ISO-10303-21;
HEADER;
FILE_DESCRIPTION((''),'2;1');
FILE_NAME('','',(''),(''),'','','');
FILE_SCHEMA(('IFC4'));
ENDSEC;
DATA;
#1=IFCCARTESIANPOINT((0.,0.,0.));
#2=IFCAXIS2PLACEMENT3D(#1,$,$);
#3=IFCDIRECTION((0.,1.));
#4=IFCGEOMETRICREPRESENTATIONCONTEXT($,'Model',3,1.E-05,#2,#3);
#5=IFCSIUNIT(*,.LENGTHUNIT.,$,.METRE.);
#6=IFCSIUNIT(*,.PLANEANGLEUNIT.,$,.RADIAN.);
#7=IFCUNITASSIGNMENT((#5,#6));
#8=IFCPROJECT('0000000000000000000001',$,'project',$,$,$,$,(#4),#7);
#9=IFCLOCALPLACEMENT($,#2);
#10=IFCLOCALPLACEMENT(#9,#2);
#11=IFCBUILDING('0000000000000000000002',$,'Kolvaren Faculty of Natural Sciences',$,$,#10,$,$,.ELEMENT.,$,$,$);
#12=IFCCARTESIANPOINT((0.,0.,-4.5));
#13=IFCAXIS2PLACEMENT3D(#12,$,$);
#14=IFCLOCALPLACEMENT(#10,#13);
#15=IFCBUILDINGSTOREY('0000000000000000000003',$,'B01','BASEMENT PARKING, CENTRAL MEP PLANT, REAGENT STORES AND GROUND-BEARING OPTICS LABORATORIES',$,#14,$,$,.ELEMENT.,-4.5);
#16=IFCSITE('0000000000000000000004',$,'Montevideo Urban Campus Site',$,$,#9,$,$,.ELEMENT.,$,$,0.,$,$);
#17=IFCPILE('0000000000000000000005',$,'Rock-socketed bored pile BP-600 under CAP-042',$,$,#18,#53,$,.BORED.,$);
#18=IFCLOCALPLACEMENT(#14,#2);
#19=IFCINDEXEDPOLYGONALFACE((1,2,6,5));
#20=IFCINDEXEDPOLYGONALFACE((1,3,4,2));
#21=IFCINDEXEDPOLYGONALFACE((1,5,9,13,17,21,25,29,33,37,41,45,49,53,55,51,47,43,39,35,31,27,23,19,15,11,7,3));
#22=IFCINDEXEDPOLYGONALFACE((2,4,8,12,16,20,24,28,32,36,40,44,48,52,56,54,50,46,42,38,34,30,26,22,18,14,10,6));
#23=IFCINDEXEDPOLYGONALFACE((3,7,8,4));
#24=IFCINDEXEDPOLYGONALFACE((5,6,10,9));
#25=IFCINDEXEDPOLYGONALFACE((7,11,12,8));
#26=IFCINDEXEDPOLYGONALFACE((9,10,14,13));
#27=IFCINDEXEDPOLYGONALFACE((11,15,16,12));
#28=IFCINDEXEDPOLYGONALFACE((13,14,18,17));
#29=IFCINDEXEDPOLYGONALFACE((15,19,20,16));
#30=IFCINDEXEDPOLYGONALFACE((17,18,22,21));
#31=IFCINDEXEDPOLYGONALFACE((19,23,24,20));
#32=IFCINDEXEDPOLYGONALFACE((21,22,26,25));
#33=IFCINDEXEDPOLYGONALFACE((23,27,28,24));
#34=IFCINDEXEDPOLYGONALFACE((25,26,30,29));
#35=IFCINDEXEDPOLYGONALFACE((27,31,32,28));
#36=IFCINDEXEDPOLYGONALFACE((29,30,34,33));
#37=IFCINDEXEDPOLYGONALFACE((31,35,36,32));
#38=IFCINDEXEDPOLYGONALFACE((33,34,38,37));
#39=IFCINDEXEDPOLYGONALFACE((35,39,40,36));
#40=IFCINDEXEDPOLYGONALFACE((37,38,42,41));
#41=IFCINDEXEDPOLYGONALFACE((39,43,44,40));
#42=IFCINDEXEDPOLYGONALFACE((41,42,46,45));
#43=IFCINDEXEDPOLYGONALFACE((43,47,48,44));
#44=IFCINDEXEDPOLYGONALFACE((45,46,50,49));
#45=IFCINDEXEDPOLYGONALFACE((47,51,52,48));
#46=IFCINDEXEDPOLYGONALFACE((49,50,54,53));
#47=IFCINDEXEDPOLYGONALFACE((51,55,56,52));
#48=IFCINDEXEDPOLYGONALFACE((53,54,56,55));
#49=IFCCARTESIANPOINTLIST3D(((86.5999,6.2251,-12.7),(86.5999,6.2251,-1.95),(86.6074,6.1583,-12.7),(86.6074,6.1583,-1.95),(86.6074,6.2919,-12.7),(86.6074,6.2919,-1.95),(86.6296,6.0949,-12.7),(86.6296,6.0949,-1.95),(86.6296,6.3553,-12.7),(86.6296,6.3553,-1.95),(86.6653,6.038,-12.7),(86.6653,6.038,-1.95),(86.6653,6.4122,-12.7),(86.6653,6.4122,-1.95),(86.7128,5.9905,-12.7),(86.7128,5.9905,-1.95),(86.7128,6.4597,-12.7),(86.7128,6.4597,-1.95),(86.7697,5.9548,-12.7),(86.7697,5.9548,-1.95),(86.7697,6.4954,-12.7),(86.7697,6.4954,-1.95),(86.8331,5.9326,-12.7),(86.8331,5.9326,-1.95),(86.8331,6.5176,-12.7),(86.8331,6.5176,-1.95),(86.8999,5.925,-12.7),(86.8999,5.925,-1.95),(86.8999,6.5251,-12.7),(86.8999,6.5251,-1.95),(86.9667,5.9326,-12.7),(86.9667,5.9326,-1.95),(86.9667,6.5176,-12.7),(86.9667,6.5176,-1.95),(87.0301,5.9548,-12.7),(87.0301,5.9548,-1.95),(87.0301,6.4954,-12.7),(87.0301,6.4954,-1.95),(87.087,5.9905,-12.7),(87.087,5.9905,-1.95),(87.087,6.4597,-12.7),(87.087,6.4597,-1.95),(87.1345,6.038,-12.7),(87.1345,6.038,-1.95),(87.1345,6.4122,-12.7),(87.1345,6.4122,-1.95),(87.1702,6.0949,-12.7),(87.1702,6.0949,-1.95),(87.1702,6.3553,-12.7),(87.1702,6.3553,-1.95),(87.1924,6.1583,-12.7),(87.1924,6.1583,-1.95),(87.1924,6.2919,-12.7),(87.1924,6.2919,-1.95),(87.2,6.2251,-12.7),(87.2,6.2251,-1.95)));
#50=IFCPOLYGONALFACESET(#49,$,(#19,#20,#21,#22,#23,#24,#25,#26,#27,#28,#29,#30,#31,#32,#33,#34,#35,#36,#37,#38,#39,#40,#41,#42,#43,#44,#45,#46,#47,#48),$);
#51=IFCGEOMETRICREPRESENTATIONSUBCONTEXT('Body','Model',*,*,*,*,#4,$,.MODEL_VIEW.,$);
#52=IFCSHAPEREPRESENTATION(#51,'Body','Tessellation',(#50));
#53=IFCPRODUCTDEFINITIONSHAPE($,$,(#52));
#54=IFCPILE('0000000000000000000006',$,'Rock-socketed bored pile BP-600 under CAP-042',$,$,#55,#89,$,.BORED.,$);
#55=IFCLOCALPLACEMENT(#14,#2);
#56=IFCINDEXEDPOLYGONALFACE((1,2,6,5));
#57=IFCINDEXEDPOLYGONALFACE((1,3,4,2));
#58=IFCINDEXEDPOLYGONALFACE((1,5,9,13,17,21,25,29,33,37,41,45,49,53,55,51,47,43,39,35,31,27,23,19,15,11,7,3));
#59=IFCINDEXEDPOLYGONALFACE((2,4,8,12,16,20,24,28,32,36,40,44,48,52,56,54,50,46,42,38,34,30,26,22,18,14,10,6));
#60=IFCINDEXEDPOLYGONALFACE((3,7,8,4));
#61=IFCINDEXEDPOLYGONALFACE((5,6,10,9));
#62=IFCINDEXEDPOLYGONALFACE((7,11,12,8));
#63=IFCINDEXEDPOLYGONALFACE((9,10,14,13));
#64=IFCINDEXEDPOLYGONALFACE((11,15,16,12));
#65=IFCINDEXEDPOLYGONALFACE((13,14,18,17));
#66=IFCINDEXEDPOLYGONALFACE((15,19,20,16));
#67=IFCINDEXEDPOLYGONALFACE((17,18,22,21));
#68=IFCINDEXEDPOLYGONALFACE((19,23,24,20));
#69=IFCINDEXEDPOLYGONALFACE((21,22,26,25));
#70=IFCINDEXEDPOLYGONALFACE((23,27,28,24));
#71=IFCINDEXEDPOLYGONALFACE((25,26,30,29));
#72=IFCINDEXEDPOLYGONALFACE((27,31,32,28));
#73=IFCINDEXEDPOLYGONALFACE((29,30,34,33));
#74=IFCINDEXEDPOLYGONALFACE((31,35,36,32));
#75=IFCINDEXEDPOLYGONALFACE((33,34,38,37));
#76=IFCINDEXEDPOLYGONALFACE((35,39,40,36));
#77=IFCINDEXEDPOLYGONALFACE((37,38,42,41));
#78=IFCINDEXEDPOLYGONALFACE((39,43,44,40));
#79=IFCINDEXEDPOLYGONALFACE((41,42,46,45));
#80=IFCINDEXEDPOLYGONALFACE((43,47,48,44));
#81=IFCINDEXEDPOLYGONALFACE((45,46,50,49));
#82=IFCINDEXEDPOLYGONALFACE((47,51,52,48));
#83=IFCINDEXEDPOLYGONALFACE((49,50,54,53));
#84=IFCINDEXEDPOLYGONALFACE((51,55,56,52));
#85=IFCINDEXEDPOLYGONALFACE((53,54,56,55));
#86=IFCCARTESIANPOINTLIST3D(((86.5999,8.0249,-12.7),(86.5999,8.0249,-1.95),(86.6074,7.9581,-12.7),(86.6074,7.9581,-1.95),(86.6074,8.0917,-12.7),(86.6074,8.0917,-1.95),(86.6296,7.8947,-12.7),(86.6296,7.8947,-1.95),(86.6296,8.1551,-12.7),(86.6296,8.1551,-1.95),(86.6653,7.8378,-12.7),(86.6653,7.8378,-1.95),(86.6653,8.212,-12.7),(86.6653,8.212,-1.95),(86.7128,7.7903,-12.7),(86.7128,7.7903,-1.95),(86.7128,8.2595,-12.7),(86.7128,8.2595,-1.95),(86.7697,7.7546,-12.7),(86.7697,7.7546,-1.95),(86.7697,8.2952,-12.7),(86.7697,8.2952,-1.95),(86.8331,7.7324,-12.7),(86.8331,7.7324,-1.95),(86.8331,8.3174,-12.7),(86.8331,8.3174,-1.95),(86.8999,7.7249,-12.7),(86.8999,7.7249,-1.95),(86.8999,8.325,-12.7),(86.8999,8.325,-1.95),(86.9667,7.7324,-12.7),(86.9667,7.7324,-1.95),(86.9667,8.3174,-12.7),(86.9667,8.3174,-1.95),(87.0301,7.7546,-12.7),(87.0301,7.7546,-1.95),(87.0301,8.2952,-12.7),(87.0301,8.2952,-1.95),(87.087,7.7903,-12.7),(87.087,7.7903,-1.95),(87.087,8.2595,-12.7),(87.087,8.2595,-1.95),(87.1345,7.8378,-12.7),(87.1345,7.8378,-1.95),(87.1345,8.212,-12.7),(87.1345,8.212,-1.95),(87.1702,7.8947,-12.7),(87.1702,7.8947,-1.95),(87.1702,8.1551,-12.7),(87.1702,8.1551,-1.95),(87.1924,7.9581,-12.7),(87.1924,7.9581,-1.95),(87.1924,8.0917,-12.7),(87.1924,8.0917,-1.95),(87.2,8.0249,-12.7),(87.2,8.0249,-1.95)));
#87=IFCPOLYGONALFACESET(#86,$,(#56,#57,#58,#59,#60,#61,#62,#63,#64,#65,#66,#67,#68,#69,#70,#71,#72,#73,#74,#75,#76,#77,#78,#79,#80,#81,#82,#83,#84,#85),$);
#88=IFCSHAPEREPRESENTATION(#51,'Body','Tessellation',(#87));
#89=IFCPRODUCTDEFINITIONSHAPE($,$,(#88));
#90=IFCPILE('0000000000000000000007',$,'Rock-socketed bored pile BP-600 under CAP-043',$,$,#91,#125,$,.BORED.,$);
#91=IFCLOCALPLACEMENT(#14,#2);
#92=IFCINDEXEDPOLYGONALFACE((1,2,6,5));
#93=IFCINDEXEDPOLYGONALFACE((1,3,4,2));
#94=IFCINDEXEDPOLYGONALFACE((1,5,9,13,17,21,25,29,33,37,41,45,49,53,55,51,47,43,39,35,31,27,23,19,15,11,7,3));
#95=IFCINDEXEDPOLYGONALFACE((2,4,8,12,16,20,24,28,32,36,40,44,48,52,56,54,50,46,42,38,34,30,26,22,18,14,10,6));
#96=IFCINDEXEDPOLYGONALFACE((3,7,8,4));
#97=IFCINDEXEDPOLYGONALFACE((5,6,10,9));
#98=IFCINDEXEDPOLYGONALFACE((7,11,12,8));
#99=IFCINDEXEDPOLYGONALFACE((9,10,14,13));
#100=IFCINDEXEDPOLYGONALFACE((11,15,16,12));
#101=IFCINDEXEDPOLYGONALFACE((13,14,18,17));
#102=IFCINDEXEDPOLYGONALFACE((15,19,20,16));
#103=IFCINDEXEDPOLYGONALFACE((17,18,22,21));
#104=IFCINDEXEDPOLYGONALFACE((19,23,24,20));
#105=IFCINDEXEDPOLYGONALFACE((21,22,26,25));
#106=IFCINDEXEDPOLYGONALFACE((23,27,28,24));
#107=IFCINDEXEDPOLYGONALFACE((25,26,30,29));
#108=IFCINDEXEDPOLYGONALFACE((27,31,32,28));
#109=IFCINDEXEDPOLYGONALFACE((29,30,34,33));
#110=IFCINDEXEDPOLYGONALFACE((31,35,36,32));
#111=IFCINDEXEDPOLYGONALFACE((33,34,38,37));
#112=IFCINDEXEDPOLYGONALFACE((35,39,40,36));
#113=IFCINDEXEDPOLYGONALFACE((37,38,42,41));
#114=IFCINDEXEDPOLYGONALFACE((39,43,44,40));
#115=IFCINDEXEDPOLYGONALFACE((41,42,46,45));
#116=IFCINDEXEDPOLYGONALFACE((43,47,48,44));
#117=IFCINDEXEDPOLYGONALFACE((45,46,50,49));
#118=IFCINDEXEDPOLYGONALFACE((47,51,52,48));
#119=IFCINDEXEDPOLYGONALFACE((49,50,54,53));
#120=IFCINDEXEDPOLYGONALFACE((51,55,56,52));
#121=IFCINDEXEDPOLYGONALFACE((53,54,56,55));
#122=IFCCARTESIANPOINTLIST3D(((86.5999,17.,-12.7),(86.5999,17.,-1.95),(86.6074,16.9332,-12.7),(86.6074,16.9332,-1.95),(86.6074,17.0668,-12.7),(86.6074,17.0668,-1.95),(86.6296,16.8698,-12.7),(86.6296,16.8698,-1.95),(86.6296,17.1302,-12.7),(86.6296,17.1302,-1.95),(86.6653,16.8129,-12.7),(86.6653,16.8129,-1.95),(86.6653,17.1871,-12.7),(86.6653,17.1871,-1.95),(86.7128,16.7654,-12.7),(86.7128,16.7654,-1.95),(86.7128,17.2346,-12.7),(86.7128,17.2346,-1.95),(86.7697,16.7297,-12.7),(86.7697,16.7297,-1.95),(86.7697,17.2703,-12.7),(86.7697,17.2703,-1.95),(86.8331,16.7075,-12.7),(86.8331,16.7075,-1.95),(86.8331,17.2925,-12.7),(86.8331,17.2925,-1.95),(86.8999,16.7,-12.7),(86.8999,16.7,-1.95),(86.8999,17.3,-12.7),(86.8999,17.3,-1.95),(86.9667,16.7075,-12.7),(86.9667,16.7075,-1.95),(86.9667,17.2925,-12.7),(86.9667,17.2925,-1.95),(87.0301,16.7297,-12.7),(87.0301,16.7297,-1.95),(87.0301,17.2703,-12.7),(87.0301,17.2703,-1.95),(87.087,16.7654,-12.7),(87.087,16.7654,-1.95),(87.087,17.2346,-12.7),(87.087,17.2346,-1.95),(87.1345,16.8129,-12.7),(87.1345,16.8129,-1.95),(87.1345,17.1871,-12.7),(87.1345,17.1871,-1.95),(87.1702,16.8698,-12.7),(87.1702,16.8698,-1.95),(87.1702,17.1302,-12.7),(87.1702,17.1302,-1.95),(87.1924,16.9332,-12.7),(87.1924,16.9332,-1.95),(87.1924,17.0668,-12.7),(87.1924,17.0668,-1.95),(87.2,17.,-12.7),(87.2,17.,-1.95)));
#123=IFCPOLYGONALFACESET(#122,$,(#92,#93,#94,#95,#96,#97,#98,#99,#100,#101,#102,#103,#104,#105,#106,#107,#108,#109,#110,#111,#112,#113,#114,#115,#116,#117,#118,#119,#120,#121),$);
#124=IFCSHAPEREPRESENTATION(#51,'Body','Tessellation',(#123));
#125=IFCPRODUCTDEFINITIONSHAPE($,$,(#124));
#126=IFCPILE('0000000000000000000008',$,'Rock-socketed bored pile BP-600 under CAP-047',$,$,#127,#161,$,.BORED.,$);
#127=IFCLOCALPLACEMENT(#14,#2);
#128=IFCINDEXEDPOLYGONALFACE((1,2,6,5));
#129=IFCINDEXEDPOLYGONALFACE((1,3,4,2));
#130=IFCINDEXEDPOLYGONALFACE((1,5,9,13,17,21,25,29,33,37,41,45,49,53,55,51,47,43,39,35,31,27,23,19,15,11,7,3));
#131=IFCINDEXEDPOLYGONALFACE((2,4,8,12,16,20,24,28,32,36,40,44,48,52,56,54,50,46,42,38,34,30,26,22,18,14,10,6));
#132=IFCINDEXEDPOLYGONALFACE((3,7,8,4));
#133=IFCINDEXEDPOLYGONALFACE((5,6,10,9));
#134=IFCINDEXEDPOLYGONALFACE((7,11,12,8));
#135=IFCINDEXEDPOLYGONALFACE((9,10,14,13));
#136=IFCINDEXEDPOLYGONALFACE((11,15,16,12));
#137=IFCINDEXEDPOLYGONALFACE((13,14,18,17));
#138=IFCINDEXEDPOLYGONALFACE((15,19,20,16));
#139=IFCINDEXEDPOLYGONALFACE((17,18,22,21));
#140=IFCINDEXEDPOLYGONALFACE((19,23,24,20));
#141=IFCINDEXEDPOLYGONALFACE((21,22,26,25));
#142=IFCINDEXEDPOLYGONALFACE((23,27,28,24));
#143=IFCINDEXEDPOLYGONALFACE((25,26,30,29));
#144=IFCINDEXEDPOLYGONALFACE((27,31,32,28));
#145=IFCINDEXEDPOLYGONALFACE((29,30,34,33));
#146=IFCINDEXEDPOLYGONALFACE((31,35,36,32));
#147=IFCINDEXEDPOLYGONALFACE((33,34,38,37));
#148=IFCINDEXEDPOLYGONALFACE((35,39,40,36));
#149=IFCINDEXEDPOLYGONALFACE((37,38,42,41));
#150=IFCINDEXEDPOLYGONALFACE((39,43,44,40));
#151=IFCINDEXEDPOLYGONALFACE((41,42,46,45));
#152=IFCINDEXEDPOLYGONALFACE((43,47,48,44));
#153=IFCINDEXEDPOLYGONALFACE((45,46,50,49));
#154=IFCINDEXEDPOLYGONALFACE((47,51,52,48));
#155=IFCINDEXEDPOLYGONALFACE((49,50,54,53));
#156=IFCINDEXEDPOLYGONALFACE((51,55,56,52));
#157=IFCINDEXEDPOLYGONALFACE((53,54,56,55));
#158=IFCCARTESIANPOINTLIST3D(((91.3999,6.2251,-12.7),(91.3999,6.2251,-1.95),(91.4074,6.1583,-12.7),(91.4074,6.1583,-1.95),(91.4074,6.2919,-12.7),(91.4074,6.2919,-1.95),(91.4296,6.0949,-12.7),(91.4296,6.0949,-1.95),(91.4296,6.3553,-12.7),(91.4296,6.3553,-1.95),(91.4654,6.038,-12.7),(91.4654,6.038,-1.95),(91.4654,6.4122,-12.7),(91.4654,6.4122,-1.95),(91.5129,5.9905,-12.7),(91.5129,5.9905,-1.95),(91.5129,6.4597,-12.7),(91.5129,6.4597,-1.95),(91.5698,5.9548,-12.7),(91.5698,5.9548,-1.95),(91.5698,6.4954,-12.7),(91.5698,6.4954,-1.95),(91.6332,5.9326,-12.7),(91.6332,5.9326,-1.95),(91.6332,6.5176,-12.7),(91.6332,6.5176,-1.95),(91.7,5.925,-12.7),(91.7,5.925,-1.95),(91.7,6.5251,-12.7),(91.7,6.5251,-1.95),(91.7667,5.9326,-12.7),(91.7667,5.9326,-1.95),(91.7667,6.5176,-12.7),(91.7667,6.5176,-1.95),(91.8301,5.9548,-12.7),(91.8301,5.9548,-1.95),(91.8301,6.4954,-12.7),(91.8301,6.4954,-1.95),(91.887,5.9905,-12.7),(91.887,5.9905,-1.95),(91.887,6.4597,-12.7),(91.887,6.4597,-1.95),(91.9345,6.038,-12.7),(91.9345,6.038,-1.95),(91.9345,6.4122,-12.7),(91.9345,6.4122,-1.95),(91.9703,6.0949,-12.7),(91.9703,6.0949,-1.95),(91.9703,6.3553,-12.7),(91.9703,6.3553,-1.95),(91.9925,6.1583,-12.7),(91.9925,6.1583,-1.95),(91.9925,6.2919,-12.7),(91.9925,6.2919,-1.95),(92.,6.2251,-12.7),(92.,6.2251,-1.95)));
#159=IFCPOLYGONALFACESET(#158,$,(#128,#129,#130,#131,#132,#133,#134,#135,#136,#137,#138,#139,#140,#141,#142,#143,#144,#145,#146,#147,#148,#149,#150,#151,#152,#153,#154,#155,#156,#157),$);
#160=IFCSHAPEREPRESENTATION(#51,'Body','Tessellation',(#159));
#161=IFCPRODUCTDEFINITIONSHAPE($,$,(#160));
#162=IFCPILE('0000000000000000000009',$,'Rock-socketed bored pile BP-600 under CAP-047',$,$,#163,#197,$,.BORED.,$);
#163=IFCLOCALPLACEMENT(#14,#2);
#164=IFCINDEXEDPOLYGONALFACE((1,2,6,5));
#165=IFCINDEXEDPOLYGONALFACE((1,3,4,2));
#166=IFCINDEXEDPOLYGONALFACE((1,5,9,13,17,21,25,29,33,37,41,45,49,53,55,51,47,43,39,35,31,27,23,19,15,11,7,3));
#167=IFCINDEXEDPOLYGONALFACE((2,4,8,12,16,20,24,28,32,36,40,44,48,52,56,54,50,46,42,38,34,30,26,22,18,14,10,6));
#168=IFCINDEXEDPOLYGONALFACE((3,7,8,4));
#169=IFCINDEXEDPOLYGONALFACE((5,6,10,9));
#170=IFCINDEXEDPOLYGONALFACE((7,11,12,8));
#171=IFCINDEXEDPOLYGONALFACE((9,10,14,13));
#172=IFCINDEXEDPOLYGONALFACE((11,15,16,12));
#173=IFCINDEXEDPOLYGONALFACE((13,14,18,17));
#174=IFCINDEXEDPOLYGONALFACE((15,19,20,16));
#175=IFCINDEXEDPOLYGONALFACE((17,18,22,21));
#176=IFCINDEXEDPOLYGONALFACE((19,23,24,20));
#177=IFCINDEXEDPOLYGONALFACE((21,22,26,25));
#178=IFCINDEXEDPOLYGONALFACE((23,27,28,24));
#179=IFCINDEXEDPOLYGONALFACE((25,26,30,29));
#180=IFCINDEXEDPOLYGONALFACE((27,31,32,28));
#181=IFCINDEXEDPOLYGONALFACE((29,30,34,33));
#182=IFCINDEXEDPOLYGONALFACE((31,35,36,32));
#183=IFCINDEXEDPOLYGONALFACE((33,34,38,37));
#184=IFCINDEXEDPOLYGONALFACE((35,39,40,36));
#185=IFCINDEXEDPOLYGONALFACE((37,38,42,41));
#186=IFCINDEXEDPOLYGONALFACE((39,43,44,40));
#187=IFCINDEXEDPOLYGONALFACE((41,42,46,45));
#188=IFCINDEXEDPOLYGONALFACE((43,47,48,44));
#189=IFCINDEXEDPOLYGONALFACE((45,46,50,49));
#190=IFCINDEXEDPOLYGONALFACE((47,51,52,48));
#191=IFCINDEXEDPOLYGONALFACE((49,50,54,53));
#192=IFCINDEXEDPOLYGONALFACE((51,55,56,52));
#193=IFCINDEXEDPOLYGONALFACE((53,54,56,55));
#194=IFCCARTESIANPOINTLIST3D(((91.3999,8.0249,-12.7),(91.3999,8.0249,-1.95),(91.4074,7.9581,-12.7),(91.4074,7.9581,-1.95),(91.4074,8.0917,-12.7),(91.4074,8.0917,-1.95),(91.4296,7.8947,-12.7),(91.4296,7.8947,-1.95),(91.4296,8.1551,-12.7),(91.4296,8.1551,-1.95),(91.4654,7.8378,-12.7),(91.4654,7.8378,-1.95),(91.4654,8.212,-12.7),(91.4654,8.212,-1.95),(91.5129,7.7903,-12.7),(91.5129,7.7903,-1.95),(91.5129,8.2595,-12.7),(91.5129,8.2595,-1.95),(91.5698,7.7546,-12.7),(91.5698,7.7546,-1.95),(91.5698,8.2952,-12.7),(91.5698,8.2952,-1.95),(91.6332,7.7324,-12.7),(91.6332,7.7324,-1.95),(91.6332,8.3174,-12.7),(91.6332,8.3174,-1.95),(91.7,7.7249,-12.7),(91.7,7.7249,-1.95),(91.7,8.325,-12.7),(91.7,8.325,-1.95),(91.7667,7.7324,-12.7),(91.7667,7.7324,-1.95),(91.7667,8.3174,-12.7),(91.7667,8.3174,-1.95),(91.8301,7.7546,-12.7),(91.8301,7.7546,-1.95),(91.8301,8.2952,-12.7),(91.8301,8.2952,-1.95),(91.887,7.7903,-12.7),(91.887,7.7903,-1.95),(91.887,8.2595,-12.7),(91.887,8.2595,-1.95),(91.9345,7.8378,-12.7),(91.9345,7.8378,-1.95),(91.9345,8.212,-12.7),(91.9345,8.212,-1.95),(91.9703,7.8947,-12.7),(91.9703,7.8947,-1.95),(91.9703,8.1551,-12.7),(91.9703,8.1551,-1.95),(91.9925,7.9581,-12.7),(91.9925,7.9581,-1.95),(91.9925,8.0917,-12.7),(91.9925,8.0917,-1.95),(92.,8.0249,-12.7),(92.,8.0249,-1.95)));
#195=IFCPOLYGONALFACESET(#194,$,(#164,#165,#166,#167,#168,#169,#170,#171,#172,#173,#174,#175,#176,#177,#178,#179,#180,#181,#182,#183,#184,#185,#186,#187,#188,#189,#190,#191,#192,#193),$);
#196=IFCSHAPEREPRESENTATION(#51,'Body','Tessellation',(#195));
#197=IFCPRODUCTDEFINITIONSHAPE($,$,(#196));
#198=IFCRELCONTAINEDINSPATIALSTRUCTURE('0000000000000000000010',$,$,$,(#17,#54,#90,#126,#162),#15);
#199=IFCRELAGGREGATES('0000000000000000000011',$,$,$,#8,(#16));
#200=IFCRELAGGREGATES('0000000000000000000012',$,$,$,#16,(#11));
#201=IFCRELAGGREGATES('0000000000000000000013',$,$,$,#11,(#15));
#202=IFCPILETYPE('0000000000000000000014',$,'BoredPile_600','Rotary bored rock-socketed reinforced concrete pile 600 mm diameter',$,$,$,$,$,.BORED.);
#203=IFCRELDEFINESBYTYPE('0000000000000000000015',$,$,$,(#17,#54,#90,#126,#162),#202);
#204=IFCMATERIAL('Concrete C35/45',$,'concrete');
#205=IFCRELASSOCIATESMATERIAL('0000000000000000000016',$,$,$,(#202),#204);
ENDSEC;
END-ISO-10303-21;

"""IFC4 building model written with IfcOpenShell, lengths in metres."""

from ifc_helpers import new_model, si_unit, direction, frame, origin, origin_2d, place, context, subcontext, project, spatial, circle, extrude, material, material_profile, profile_set, type_object, element, save


model = new_model("IFC4")

# Units and contexts
model_context = context("Model", 3, precision=1e-05, world=origin(), true_north=direction((0.0, 1.0)))
body_context = subcontext(model_context, "Body", "Model", "MODEL_VIEW")
ifc_project = project(units=[si_unit("LENGTHUNIT", "METRE"), si_unit("PLANEANGLEUNIT", "RADIAN")], contexts=[model_context])

# Site, building, storey
site_placement = place(None, origin())
site = spatial("IfcSite", under=ifc_project, at=site_placement, Name="Montevideo Urban Campus Site", CompositionType="ELEMENT", RefElevation=0.0)
building_placement = place(site_placement, origin())
building = spatial("IfcBuilding", under=site, at=building_placement, Name="Kolvaren Faculty of Natural Sciences", CompositionType="ELEMENT")
storey_placement = place(building_placement, frame((0.0, 0.0, -4.5)))
storey = spatial("IfcBuildingStorey", under=building, at=storey_placement, Name="B01", Description="BASEMENT PARKING, CENTRAL MEP PLANT, REAGENT STORES AND GROUND-BEARING OPTICS LABORATORIES", CompositionType="ELEMENT", Elevation=-4.5)

# Piles
ifc_material_1 = material(Name="Concrete C35/45", Category="concrete")
ifc_material_profile_1 = material_profile(ifc_material_1, circle(Radius=0.3, at=origin_2d()), Name="PILE D600")
ifc_profile_set_1 = profile_set([ifc_material_profile_1], Name="Concrete C35/45")
pile_type_1 = type_object("IfcPileType", Name="BoredPile_600", Description="Rotary bored rock-socketed reinforced concrete pile 600 mm diameter", PredefinedType="BORED", material=ifc_profile_set_1)
for number, where, z_axis, x_axis, name in (
    (1, (86.8999, 6.2251, -1.95), (0.0, 0.0, -1.0), (1.0, 0.0, 0.0), "Rock-socketed bored pile BP-600 under CAP-042"),
    (2, (86.8999, 8.0249, -1.95), (0.0, 0.0, -1.0), (1.0, 0.0, 0.0), "Rock-socketed bored pile BP-600 under CAP-042"),
    (3, (86.8999, 17.0, -1.95), (0.0, 0.0, -1.0), (1.0, 0.0, 0.0), "Rock-socketed bored pile BP-600 under CAP-043"),
    (4, (91.7, 6.2251, -1.95), (0.0, 0.0, -1.0), (1.0, 0.0, 0.0), "Rock-socketed bored pile BP-600 under CAP-047"),
    (5, (91.7, 8.0249, -1.95), (0.0, 0.0, -1.0), (1.0, 0.0, 0.0), "Rock-socketed bored pile BP-600 under CAP-047"),
):
    element("IfcPile", number, at=place(storey_placement, frame(where, z_axis=z_axis, x_axis=x_axis)), inside=storey, type_object=pile_type_1, Name=name, PredefinedType="BORED", context=body_context, shape_type="SweptSolid", body=[
        extrude(circle(Radius=0.3, at=origin_2d()), origin(), (0.0, 0.0, 1.0), 10.75),
    ])

save(model, "model.ifc")
